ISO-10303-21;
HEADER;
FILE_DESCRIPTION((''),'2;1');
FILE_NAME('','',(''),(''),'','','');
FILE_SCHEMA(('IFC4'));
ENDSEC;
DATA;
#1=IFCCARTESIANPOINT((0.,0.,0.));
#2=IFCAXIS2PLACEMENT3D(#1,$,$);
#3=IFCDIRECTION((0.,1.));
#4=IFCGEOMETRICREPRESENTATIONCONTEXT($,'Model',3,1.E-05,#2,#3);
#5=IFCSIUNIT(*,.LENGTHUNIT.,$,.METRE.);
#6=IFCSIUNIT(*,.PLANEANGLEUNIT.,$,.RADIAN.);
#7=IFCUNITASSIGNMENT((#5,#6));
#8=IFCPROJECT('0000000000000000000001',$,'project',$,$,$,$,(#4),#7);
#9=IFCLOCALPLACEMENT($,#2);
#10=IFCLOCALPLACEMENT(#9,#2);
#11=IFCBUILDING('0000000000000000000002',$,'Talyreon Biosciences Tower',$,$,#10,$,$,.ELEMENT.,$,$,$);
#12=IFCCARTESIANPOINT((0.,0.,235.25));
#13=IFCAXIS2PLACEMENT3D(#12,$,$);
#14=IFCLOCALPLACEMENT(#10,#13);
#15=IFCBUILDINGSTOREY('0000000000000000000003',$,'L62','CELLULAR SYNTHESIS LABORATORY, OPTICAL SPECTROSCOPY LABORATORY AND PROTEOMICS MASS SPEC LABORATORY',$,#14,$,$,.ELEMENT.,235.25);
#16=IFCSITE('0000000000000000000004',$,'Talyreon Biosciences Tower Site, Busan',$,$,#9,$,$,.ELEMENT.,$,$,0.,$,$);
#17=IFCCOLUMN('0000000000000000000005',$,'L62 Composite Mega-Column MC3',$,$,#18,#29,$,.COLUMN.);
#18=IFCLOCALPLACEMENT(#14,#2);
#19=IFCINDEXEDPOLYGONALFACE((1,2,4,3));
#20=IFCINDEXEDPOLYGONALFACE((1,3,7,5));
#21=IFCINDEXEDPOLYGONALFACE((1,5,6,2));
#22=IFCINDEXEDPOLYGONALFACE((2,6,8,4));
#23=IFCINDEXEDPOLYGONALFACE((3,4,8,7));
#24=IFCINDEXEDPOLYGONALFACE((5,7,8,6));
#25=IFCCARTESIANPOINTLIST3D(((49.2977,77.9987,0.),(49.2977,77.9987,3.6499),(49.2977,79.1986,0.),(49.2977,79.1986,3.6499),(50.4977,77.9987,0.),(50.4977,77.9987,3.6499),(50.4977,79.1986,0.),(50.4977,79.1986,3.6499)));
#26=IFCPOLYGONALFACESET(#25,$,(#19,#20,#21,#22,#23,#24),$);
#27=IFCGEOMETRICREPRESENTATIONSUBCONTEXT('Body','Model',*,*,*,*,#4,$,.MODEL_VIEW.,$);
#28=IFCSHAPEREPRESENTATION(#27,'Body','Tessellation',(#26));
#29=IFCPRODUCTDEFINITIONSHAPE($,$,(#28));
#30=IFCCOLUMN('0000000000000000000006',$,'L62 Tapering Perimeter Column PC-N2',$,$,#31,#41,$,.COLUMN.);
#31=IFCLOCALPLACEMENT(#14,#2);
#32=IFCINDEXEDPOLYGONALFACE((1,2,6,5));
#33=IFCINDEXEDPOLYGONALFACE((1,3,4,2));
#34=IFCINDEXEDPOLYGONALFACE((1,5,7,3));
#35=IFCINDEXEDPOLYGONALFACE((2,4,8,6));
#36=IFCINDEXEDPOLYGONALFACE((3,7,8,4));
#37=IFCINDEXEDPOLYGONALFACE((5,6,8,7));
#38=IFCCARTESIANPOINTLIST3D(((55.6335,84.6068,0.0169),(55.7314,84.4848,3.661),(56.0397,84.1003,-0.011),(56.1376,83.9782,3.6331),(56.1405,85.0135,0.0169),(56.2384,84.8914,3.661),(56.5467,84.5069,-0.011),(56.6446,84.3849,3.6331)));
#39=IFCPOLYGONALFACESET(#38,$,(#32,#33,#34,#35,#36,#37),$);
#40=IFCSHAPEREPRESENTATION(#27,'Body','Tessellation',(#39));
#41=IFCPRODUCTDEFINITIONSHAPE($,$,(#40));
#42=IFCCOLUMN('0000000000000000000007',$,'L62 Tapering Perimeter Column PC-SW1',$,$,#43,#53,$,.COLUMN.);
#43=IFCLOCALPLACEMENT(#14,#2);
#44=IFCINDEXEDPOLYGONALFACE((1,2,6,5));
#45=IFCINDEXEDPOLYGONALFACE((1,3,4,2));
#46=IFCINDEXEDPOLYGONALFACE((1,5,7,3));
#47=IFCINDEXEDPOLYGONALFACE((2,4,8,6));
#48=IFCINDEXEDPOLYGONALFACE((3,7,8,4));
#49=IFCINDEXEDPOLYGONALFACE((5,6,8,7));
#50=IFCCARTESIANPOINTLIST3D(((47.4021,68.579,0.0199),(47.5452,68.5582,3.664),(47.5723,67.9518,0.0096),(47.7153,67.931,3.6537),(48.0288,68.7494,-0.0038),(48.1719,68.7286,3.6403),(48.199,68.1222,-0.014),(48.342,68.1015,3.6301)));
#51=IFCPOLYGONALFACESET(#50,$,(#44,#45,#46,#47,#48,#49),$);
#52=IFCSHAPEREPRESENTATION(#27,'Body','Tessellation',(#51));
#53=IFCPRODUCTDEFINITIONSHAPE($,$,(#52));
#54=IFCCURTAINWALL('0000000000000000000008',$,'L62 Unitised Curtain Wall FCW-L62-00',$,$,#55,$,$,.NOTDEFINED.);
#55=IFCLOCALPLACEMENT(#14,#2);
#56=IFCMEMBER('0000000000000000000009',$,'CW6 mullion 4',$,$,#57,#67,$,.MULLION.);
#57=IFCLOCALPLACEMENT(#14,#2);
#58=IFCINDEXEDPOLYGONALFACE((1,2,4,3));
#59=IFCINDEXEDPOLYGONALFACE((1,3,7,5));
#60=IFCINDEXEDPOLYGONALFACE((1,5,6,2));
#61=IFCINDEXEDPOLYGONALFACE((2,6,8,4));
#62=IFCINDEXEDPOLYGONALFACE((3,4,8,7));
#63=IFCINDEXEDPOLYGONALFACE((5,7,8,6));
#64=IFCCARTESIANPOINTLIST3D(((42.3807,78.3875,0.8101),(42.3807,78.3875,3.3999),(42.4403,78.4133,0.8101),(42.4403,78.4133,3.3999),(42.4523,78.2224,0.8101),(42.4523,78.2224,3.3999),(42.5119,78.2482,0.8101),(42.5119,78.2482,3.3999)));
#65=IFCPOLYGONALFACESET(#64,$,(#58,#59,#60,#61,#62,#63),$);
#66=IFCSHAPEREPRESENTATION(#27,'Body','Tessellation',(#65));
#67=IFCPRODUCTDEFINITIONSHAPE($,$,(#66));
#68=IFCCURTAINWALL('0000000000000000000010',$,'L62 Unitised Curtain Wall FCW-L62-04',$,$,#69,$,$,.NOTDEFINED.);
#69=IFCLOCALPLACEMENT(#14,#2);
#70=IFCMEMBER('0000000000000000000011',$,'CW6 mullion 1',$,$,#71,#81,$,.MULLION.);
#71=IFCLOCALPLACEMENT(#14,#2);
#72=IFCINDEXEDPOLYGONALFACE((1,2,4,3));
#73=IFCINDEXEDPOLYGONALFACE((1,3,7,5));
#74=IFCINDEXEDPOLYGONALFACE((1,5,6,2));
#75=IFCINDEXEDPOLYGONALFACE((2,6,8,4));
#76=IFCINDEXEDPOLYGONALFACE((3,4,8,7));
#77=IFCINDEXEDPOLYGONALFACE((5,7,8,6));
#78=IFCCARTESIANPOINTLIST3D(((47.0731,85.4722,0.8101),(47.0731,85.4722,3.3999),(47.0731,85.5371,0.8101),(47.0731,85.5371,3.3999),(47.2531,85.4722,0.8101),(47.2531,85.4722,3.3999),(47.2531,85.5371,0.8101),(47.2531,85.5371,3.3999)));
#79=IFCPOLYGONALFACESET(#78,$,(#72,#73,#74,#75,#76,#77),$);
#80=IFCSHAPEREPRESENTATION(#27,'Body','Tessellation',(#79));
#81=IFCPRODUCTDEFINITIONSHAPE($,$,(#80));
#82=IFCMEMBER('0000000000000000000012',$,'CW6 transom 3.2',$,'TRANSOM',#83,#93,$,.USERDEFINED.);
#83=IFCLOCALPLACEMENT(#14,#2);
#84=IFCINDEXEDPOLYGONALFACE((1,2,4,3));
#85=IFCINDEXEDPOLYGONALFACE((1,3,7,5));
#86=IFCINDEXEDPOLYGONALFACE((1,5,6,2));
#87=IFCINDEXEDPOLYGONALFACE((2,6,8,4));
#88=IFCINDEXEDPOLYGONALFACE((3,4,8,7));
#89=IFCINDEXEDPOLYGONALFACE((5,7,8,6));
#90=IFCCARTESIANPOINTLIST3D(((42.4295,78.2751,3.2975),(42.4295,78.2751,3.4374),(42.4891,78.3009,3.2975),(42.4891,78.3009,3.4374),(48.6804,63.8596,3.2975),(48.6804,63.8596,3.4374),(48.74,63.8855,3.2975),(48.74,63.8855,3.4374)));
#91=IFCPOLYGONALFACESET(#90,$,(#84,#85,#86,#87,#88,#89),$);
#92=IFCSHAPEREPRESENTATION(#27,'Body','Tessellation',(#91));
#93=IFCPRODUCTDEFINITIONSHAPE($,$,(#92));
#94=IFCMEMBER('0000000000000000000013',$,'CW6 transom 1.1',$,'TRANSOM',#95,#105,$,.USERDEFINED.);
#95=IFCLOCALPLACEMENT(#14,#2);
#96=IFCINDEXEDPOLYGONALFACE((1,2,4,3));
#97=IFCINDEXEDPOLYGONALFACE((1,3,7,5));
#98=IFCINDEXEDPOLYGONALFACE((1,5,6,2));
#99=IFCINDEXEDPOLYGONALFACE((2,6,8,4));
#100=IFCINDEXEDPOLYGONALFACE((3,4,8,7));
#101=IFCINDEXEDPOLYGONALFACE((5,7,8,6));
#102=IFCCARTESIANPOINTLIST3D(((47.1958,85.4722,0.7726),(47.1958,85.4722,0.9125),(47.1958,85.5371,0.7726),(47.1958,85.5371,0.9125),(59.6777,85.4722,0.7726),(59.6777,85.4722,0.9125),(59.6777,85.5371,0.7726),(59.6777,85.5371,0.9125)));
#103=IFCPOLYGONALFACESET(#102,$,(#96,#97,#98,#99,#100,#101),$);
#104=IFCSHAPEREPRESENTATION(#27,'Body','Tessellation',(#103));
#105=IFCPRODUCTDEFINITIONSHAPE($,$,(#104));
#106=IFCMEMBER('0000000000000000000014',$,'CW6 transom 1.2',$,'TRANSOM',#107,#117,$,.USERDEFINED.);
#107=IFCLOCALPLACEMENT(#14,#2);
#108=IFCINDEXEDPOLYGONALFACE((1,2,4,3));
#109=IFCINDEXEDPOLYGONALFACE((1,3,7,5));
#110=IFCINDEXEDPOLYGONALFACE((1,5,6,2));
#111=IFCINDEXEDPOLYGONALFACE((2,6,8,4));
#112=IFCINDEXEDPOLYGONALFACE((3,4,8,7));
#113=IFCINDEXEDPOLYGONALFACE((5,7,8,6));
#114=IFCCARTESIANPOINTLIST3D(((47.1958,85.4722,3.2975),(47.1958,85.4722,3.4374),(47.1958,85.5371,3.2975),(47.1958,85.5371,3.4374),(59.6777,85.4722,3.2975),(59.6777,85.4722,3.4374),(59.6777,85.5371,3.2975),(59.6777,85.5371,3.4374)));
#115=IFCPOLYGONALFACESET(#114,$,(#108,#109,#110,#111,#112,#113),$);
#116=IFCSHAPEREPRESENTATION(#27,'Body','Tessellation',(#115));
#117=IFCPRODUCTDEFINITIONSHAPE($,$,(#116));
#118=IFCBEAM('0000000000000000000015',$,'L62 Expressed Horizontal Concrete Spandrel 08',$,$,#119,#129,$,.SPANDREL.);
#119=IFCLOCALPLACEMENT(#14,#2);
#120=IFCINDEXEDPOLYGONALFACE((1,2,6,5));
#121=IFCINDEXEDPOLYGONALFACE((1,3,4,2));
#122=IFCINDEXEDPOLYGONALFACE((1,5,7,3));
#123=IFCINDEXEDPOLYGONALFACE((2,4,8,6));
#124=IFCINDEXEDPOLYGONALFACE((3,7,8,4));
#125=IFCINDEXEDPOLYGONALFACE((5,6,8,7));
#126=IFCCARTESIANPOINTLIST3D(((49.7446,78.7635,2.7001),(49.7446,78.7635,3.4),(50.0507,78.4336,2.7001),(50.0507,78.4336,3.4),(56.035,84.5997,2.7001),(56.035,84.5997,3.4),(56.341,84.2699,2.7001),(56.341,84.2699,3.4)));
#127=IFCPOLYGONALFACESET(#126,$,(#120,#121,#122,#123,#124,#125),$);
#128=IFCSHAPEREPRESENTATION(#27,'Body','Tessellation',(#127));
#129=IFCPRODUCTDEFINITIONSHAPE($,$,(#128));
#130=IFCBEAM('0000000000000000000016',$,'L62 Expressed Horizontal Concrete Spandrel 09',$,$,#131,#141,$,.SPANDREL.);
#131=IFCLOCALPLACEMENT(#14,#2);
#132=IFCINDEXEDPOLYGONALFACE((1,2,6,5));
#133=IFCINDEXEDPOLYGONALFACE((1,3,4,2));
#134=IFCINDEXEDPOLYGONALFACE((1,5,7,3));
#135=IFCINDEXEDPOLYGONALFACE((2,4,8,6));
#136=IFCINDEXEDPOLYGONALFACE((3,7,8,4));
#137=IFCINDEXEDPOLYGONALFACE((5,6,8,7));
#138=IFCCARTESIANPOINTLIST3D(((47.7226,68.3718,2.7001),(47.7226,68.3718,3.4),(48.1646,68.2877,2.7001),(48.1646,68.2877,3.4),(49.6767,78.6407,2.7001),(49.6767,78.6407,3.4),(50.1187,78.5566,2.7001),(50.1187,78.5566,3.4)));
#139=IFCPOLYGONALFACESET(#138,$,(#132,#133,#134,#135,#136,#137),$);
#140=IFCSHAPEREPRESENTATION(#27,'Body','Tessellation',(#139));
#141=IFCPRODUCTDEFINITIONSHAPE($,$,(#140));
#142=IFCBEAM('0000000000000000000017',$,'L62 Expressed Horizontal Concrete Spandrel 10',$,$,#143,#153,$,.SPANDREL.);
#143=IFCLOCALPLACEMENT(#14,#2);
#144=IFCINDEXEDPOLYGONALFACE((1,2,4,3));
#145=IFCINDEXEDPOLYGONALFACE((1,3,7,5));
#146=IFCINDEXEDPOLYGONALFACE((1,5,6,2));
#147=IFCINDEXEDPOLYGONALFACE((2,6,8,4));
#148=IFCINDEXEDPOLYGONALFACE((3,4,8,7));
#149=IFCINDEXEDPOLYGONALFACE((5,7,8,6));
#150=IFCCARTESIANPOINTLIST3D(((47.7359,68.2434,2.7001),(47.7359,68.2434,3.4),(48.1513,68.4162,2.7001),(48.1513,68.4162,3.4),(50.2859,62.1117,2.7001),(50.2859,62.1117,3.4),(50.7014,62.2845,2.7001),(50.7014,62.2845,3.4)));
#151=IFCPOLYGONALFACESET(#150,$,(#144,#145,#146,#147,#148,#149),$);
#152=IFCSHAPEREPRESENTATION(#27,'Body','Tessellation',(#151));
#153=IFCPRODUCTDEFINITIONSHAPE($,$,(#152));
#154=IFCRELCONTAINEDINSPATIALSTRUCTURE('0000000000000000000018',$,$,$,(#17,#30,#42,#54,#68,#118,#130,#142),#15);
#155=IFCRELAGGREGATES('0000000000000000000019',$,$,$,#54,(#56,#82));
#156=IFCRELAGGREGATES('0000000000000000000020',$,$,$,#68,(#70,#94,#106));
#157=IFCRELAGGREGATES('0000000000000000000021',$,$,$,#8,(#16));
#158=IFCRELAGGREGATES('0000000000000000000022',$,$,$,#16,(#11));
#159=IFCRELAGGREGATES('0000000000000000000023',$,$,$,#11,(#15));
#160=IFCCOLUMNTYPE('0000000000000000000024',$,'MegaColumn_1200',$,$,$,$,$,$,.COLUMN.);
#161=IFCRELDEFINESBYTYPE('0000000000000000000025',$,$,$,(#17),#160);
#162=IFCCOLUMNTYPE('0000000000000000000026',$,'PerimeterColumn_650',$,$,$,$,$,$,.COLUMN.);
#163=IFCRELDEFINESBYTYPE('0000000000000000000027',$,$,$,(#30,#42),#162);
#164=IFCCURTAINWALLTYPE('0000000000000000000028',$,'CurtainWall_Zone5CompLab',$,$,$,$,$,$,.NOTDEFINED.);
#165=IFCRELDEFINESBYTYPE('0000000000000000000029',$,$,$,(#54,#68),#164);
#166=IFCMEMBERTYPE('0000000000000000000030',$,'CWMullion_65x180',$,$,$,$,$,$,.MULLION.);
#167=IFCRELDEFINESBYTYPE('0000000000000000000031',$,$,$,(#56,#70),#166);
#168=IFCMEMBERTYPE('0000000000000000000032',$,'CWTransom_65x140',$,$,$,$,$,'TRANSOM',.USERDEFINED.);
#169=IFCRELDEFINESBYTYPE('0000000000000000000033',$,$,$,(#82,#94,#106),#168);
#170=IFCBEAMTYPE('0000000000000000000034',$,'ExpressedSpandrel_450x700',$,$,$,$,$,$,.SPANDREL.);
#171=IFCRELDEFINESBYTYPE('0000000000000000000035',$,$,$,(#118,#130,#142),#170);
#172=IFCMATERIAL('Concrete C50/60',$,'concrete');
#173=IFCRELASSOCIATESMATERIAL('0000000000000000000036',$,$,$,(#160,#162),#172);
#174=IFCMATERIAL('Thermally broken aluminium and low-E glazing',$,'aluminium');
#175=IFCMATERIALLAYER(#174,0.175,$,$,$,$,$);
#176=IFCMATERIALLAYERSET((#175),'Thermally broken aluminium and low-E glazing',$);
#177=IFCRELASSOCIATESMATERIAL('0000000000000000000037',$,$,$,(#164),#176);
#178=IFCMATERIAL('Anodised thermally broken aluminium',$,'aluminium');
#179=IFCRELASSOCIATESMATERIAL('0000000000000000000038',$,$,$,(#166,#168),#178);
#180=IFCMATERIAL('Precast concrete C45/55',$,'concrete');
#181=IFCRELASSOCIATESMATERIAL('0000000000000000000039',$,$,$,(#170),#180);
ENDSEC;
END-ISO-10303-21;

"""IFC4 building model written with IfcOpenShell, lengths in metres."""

from ifc_helpers import new_model, si_unit, direction, frame, origin, origin_2d, place, context, subcontext, project, spatial, rectangle, extrude, material, layer, layer_set, material_profile, profile_set, type_object, element, aggregate, save


model = new_model("IFC4")

# Units and contexts
model_context = context("Model", 3, precision=1e-05, world=origin(), true_north=direction((0.0, 1.0)))
body_context = subcontext(model_context, "Body", "Model", "MODEL_VIEW")
ifc_project = project(units=[si_unit("LENGTHUNIT", "METRE"), si_unit("PLANEANGLEUNIT", "RADIAN")], contexts=[model_context])

# Site, building, storey
site_placement = place(None, origin())
site = spatial("IfcSite", under=ifc_project, at=site_placement, Name="Talyreon Biosciences Tower Site, Busan", CompositionType="ELEMENT", RefElevation=0.0)
building_placement = place(site_placement, origin())
building = spatial("IfcBuilding", under=site, at=building_placement, Name="Talyreon Biosciences Tower", CompositionType="ELEMENT")
storey_placement = place(building_placement, frame((0.0, 0.0, 235.25)))
storey = spatial("IfcBuildingStorey", under=building, at=storey_placement, Name="L62", Description="CELLULAR SYNTHESIS LABORATORY, OPTICAL SPECTROSCOPY LABORATORY AND PROTEOMICS MASS SPEC LABORATORY", CompositionType="ELEMENT", Elevation=235.25)

# Columns
ifc_material_1 = material(Name="Concrete C50/60", Category="concrete")
ifc_material_profile_1 = material_profile(ifc_material_1, rectangle(XDim=1.2, YDim=1.2, at=origin_2d()), Name="RC 1200x1200")
ifc_profile_set_1 = profile_set([ifc_material_profile_1], Name="Concrete C50/60")
column_type_1 = type_object("IfcColumnType", Name="MegaColumn_1200", PredefinedType="COLUMN", material=ifc_profile_set_1)
column_1_placement = place(storey_placement, frame((49.8977, 78.5986, 0.0), z_axis=(0.0, 0.0, 1.0), x_axis=(1.0, 0.0, 0.0)))
element("IfcColumn", 1, at=column_1_placement, inside=storey, type_object=column_type_1, Name="L62 Composite Mega-Column MC3", PredefinedType="COLUMN", context=body_context, shape_type="SweptSolid", body=[
    extrude(rectangle(XDim=1.2, YDim=1.2, at=origin_2d()), origin(), (0.0, 0.0, 1.0), 3.6499),
])
ifc_material_profile_2 = material_profile(ifc_material_1, rectangle(XDim=0.6499, YDim=0.6499, at=origin_2d()), Name="RC 650x650")
ifc_profile_set_2 = profile_set([ifc_material_profile_2], Name="Concrete C50/60")
column_type_2 = type_object("IfcColumnType", Name="PerimeterColumn_650", PredefinedType="COLUMN", material=ifc_profile_set_2)
column_2_placement = place(storey_placement, frame((56.0901, 84.5569, 0.0029), z_axis=(0.026841, -0.033468, 0.999079), x_axis=(-0.780107, -0.625646, 0.0)))
element("IfcColumn", 2, at=column_2_placement, inside=storey, type_object=column_type_2, Name="L62 Tapering Perimeter Column PC-N2", PredefinedType="COLUMN", context=body_context, shape_type="SweptSolid", body=[
    extrude(rectangle(XDim=0.6499, YDim=0.6499, at=origin_2d()), origin(), (0.0, 0.0, 1.0), 3.6475),
])
column_3_placement = place(storey_placement, frame((47.8005, 68.3506, 0.0029), z_axis=(0.039229, -0.00569, 0.999214), x_axis=(0.964322, 0.262221, -0.036366)))
element("IfcColumn", 3, at=column_3_placement, inside=storey, type_object=column_type_2, Name="L62 Tapering Perimeter Column PC-SW1", PredefinedType="COLUMN", context=body_context, shape_type="SweptSolid", body=[
    extrude(rectangle(XDim=0.6499, YDim=0.6499, at=origin_2d()), origin(), (0.0, 0.0, 1.0), 3.647),
])

# Curtain walls, members
ifc_material_2 = material(Name="Thermally broken aluminium and low-E glazing", Category="aluminium")
ifc_layer_1 = layer(ifc_material_2, 0.175)
ifc_layer_set_1 = layer_set([ifc_layer_1], Name="Thermally broken aluminium and low-E glazing")
curtain_wall_type = type_object("IfcCurtainWallType", Name="CurtainWall_Zone5CompLab", PredefinedType="NOTDEFINED", material=ifc_layer_set_1)
curtain_wall_1_placement = place(storey_placement, origin())
curtain_wall_1 = element("IfcCurtainWall", 4, at=curtain_wall_1_placement, inside=storey, type_object=curtain_wall_type, Name="L62 Unitised Curtain Wall FCW-L62-00", PredefinedType="NOTDEFINED")
ifc_material_3 = material(Name="Anodised thermally broken aluminium", Category="aluminium")
ifc_material_profile_3 = material_profile(ifc_material_3, rectangle(XDim=0.0649, YDim=0.1799, at=origin_2d()), Name="ALUM MULLION 65x180")
ifc_profile_set_3 = profile_set([ifc_material_profile_3], Name="Anodised thermally broken aluminium")
member_type_1 = type_object("IfcMemberType", Name="CWMullion_65x180", PredefinedType="MULLION", material=ifc_profile_set_3)
member_1_placement = place(storey_placement, frame((42.4463, 78.3179, 0.8101), z_axis=(0.0, 0.0, 1.0), x_axis=(-0.917458, -0.397832, 0.0)))
member_1 = element("IfcMember", 5, at=member_1_placement, type_object=member_type_1, Name="CW6 mullion 4", PredefinedType="MULLION", context=body_context, shape_type="SweptSolid", body=[
    extrude(rectangle(XDim=0.0649, YDim=0.1799, at=origin_2d()), origin(), (0.0, 0.0, 1.0), 2.5898),
])
curtain_wall_2_placement = place(storey_placement, origin())
curtain_wall_2 = element("IfcCurtainWall", 6, at=curtain_wall_2_placement, inside=storey, type_object=curtain_wall_type, Name="L62 Unitised Curtain Wall FCW-L62-04", PredefinedType="NOTDEFINED")
member_2_placement = place(storey_placement, frame((47.1631, 85.5046, 0.8101), z_axis=(0.0, 0.0, 1.0), x_axis=(0.0, 1.0, 0.0)))
member_2 = element("IfcMember", 7, at=member_2_placement, type_object=member_type_1, Name="CW6 mullion 1", PredefinedType="MULLION", context=body_context, shape_type="SweptSolid", body=[
    extrude(rectangle(XDim=0.0649, YDim=0.1799, at=origin_2d()), origin(), (0.0, 0.0, 1.0), 2.5898),
])

# Members
ifc_material_profile_4 = material_profile(ifc_material_3, rectangle(XDim=0.0649, YDim=0.1399, at=origin_2d()), Name="ALUM TRANSOM 65x140")
ifc_profile_set_4 = profile_set([ifc_material_profile_4], Name="Anodised thermally broken aluminium")
member_type_2 = type_object("IfcMemberType", Name="CWTransom_65x140", ElementType="TRANSOM", PredefinedType="USERDEFINED", material=ifc_profile_set_4)
member_3_placement = place(storey_placement, frame((48.7102, 63.8726, 3.3674), z_axis=(-0.397835, 0.917457, 0.0), x_axis=(-0.917457, -0.397835, 0.0)))
member_3 = element("IfcMember", 8, at=member_3_placement, type_object=member_type_2, Name="CW6 transom 3.2", ObjectType="TRANSOM", PredefinedType="USERDEFINED", context=body_context, shape_type="SweptSolid", body=[
    extrude(rectangle(XDim=0.0649, YDim=0.1399, at=origin_2d()), origin(), (0.0, 0.0, 1.0), 15.7124),
])
member_4_placement = place(storey_placement, frame((47.1958, 85.5046, 0.8425), z_axis=(1.0, 0.0, 0.0), x_axis=(0.0, 1.0, 0.0)))
member_4 = element("IfcMember", 9, at=member_4_placement, type_object=member_type_2, Name="CW6 transom 1.1", ObjectType="TRANSOM", PredefinedType="USERDEFINED", context=body_context, shape_type="SweptSolid", body=[
    extrude(rectangle(XDim=0.0649, YDim=0.1399, at=origin_2d()), origin(), (0.0, 0.0, 1.0), 12.4819),
])
member_5_placement = place(storey_placement, frame((47.1958, 85.5046, 3.3674), z_axis=(1.0, 0.0, 0.0), x_axis=(0.0, 1.0, 0.0)))
member_5 = element("IfcMember", 10, at=member_5_placement, type_object=member_type_2, Name="CW6 transom 1.2", ObjectType="TRANSOM", PredefinedType="USERDEFINED", context=body_context, shape_type="SweptSolid", body=[
    extrude(rectangle(XDim=0.0649, YDim=0.1399, at=origin_2d()), origin(), (0.0, 0.0, 1.0), 12.4819),
])

# Beams
ifc_material_4 = material(Name="Precast concrete C45/55", Category="concrete")
ifc_material_profile_5 = material_profile(ifc_material_4, rectangle(XDim=0.45, YDim=0.7, at=origin_2d()), Name="RCB 450x700")
ifc_profile_set_5 = profile_set([ifc_material_profile_5], Name="Precast concrete C45/55")
beam_type_1 = type_object("IfcBeamType", Name="ExpressedSpandrel_450x700", PredefinedType="SPANDREL", material=ifc_profile_set_5)
beam_1_placement = place(storey_placement, frame((56.188, 84.4348, 3.05), z_axis=(-0.733072, -0.680151, 0.0), x_axis=(0.680151, -0.733072, 0.0)))
element("IfcBeam", 11, at=beam_1_placement, inside=storey, type_object=beam_type_1, Name="L62 Expressed Horizontal Concrete Spandrel 08", PredefinedType="SPANDREL", context=body_context, shape_type="SweptSolid", body=[
    extrude(rectangle(XDim=0.45, YDim=0.7, at=origin_2d()), origin(), (0.0, 0.0, 1.0), 8.5808),
])
beam_2_placement = place(storey_placement, frame((49.8977, 78.5986, 3.05), z_axis=(-0.18694, -0.982371, 0.0), x_axis=(0.982371, -0.18694, 0.0)))
element("IfcBeam", 12, at=beam_2_placement, inside=storey, type_object=beam_type_1, Name="L62 Expressed Horizontal Concrete Spandrel 09", PredefinedType="SPANDREL", context=body_context, shape_type="SweptSolid", body=[
    extrude(rectangle(XDim=0.45, YDim=0.7, at=origin_2d()), origin(), (0.0, 0.0, 1.0), 10.4531),
])
beam_3_placement = place(storey_placement, frame((47.9436, 68.3298, 3.05), z_axis=(0.383989, -0.923338, 0.0), x_axis=(0.923338, 0.383989, 0.0)))
element("IfcBeam", 13, at=beam_3_placement, inside=storey, type_object=beam_type_1, Name="L62 Expressed Horizontal Concrete Spandrel 10", PredefinedType="SPANDREL", context=body_context, shape_type="SweptSolid", body=[
    extrude(rectangle(XDim=0.45, YDim=0.7, at=origin_2d()), origin(), (0.0, 0.0, 1.0), 6.6409),
])

aggregate(curtain_wall_1, [member_1, member_3])
aggregate(curtain_wall_2, [member_2, member_4, member_5])

save(model, "model.ifc")
